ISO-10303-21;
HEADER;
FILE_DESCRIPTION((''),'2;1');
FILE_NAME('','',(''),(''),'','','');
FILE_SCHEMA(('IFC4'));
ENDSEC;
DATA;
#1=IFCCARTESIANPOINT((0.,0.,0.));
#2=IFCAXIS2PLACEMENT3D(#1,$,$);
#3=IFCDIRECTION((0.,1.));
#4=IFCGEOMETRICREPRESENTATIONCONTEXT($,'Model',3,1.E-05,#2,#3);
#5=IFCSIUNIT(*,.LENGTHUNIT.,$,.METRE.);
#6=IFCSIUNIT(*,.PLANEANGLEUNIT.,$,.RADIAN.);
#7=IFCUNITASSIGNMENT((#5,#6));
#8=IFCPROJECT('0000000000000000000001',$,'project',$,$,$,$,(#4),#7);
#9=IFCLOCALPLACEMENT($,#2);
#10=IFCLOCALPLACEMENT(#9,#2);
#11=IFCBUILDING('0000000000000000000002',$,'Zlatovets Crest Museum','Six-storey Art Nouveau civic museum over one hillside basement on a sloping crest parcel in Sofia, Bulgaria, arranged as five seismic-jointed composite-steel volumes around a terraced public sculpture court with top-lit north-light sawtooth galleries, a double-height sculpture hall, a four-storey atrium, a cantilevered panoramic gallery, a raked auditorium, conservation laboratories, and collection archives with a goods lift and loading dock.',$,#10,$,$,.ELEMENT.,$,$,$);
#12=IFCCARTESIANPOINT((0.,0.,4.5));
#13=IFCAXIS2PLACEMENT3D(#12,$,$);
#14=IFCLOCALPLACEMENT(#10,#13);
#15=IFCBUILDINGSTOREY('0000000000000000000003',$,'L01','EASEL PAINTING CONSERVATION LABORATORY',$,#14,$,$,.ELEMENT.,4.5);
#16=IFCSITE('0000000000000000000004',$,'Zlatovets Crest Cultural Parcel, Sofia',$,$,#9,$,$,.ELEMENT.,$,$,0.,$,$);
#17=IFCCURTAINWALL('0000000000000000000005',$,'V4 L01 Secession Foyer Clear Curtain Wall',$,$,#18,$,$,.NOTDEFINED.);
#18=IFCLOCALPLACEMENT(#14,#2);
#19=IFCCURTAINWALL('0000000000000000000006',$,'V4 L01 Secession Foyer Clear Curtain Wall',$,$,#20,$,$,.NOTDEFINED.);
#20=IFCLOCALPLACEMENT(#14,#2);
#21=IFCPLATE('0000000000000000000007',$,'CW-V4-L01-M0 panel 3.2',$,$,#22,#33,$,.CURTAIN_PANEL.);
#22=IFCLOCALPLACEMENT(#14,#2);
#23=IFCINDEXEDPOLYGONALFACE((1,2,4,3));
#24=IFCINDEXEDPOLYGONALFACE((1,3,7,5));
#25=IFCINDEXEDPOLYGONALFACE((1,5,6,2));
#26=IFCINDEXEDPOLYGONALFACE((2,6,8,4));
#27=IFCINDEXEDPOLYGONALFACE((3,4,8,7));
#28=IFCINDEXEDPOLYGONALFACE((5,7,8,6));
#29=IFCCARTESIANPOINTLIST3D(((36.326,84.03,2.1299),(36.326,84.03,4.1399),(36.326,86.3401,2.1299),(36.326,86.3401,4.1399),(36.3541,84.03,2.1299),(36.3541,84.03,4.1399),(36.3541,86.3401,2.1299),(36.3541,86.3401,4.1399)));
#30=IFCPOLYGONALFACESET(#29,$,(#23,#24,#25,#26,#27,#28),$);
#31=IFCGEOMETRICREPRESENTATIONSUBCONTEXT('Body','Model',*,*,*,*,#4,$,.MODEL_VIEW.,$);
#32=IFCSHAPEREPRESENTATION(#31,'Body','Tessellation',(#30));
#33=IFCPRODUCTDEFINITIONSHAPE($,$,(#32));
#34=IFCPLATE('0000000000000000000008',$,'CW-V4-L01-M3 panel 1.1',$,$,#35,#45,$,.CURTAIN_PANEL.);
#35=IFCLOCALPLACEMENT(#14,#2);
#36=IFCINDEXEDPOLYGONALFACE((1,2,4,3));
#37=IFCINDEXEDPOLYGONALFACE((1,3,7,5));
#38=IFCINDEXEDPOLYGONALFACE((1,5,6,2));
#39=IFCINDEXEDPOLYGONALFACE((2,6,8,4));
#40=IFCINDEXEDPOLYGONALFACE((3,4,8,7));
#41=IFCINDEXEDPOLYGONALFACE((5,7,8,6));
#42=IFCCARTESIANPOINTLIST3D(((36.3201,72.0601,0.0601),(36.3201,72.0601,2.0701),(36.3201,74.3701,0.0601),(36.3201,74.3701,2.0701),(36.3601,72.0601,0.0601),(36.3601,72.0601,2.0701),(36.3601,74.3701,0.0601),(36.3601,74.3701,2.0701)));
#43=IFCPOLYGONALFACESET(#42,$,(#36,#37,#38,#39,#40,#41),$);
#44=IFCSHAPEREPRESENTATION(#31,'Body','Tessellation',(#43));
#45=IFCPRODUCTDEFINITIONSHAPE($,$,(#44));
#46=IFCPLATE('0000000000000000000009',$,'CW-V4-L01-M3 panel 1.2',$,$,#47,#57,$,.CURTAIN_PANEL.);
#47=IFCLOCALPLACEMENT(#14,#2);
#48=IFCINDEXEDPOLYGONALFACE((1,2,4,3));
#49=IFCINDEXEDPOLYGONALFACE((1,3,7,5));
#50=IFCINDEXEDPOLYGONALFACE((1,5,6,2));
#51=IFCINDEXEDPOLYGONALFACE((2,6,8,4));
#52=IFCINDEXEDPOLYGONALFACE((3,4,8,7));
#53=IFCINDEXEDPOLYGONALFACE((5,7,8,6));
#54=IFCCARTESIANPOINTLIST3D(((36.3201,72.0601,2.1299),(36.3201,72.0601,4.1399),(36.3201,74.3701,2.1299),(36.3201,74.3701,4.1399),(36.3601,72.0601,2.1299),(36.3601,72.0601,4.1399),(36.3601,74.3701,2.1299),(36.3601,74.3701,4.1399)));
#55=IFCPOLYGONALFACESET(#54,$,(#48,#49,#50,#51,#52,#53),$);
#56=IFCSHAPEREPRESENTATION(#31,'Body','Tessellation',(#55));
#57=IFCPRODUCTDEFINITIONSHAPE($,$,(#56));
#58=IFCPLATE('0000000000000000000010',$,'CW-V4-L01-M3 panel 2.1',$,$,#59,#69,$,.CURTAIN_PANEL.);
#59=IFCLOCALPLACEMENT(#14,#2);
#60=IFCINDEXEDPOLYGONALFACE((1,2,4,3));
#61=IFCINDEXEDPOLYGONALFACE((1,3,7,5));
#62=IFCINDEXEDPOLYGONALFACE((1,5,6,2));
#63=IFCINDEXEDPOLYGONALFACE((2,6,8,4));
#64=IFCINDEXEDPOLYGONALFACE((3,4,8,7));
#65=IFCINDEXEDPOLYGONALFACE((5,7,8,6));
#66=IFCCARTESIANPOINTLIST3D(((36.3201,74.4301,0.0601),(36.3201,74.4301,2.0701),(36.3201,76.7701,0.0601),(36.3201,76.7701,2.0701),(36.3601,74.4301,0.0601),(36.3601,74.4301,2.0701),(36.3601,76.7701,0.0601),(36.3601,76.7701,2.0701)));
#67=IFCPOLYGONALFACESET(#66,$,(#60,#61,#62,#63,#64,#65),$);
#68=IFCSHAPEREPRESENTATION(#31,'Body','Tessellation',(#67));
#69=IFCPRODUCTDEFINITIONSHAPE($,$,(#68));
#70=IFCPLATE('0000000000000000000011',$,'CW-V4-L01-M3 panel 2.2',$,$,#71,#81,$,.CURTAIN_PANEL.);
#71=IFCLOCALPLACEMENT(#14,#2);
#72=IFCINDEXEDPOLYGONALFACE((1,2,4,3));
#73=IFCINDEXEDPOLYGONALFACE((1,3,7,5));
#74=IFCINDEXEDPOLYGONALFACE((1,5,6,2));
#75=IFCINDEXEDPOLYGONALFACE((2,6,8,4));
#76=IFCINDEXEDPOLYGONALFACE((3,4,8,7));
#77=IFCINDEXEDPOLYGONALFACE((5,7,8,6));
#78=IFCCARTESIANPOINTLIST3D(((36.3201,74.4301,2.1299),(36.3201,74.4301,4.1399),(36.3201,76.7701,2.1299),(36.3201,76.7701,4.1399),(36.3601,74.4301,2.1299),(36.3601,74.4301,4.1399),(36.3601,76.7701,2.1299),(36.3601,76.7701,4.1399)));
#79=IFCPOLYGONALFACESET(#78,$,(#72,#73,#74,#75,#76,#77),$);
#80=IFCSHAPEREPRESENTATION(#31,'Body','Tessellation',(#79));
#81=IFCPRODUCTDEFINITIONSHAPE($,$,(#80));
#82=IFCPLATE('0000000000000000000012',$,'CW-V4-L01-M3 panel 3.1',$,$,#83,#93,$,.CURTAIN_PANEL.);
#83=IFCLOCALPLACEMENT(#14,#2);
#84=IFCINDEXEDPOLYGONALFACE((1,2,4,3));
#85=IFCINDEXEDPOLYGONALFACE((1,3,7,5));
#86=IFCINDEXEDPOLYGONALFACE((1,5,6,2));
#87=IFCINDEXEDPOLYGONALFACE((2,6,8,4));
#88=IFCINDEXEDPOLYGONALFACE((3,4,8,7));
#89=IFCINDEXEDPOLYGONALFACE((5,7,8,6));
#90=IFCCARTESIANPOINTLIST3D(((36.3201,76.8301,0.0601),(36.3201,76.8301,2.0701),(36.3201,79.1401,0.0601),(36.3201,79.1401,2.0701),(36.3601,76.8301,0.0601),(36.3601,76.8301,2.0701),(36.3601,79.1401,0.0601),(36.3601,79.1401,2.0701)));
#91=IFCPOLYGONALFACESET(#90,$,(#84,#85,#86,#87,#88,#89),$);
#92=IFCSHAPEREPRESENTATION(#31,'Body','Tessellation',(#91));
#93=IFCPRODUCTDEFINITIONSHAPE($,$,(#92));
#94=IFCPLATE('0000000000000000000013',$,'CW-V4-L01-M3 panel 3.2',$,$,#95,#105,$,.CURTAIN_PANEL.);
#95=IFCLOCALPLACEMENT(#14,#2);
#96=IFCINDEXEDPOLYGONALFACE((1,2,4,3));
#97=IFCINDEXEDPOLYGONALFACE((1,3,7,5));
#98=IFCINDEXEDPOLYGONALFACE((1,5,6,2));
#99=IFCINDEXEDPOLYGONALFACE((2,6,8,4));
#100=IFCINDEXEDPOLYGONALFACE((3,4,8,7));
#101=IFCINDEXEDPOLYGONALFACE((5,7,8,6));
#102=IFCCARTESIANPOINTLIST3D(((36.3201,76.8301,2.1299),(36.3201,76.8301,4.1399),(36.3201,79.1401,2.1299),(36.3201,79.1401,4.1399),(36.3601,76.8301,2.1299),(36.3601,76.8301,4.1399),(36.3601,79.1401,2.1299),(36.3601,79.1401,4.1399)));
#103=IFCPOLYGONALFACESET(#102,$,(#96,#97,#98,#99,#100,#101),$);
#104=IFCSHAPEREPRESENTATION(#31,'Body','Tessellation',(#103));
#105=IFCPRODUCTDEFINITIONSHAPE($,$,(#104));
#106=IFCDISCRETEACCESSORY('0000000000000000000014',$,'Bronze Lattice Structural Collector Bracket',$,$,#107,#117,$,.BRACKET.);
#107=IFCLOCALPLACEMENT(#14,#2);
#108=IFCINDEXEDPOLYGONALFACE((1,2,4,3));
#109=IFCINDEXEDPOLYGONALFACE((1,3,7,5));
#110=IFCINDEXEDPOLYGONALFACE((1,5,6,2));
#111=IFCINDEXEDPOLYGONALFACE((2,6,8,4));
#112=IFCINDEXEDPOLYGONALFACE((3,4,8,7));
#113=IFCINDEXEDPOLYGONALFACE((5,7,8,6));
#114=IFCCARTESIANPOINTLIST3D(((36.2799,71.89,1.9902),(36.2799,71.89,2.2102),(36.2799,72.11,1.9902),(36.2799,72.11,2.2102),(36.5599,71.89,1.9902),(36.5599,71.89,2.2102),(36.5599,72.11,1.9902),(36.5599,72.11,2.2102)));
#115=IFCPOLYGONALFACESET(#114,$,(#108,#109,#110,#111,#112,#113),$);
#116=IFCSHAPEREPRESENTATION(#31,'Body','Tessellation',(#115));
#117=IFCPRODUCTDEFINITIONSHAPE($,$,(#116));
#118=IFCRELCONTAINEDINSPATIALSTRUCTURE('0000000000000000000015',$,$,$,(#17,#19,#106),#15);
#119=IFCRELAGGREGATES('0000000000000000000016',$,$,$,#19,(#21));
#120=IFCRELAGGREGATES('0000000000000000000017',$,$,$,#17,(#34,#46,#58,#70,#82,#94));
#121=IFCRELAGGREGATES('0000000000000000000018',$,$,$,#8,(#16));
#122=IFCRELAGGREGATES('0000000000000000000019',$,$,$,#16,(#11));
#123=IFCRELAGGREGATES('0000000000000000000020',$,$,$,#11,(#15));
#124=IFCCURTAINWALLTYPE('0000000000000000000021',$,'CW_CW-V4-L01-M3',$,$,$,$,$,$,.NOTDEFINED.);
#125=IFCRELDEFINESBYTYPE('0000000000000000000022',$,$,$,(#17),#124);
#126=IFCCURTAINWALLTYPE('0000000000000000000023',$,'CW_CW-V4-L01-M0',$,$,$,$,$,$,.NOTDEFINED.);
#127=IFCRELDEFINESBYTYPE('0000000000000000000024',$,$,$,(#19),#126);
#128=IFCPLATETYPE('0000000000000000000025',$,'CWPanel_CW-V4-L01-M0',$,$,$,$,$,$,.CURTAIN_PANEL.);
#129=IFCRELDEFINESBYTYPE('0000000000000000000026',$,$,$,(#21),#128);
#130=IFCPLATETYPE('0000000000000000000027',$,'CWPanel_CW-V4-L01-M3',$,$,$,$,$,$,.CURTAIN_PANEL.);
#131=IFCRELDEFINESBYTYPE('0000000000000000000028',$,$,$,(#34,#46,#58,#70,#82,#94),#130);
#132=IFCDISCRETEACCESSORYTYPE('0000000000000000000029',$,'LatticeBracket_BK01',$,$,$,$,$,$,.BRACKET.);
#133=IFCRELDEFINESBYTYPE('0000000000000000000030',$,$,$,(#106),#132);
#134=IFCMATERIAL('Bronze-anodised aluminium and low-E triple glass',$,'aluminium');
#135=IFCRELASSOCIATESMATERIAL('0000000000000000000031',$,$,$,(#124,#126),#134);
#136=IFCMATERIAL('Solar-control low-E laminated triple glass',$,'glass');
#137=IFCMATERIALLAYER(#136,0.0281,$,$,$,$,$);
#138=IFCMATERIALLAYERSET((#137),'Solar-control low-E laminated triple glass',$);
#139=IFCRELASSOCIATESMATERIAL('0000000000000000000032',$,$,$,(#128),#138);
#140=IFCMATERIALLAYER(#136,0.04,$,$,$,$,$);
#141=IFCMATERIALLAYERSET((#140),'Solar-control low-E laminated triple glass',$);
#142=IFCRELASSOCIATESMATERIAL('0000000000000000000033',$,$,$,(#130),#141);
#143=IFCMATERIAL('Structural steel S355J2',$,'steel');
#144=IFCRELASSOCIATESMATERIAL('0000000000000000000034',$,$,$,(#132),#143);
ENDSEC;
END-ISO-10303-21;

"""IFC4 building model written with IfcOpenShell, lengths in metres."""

from ifc_helpers import new_model, si_unit, direction, frame, origin, origin_2d, place, context, subcontext, project, spatial, rectangle, extrude, material, layer, layer_set, type_object, element, aggregate, save


model = new_model("IFC4")

# Units and contexts
model_context = context("Model", 3, precision=1e-05, world=origin(), true_north=direction((0.0, 1.0)))
body_context = subcontext(model_context, "Body", "Model", "MODEL_VIEW")
ifc_project = project(units=[si_unit("LENGTHUNIT", "METRE"), si_unit("PLANEANGLEUNIT", "RADIAN")], contexts=[model_context])

# Site, building, storey
site_placement = place(None, origin())
site = spatial("IfcSite", under=ifc_project, at=site_placement, Name="Zlatovets Crest Cultural Parcel, Sofia", CompositionType="ELEMENT", RefElevation=0.0)
building_placement = place(site_placement, origin())
building = spatial("IfcBuilding", under=site, at=building_placement, Name="Zlatovets Crest Museum", Description="Six-storey Art Nouveau civic museum over one hillside basement on a sloping crest parcel in Sofia, Bulgaria, arranged as five seismic-jointed composite-steel volumes around a terraced public sculpture court with top-lit north-light sawtooth galleries, a double-height sculpture hall, a four-storey atrium, a cantilevered panoramic gallery, a raked auditorium, conservation laboratories, and collection archives with a goods lift and loading dock.", CompositionType="ELEMENT")
storey_placement = place(building_placement, frame((0.0, 0.0, 4.5)))
storey = spatial("IfcBuildingStorey", under=building, at=storey_placement, Name="L01", Description="EASEL PAINTING CONSERVATION LABORATORY", CompositionType="ELEMENT", Elevation=4.5)

# Curtain walls
ifc_material_1 = material(Name="Bronze-anodised aluminium and low-E triple glass", Category="aluminium")
curtain_wall_type_1 = type_object("IfcCurtainWallType", Name="CW_CW-V4-L01-M3", PredefinedType="NOTDEFINED", material=ifc_material_1)
curtain_wall_1_placement = place(storey_placement, origin())
curtain_wall_1 = element("IfcCurtainWall", 1, at=curtain_wall_1_placement, inside=storey, type_object=curtain_wall_type_1, Name="V4 L01 Secession Foyer Clear Curtain Wall", PredefinedType="NOTDEFINED")
curtain_wall_type_2 = type_object("IfcCurtainWallType", Name="CW_CW-V4-L01-M0", PredefinedType="NOTDEFINED", material=ifc_material_1)
curtain_wall_2_placement = place(storey_placement, origin())
curtain_wall_2 = element("IfcCurtainWall", 2, at=curtain_wall_2_placement, inside=storey, type_object=curtain_wall_type_2, Name="V4 L01 Secession Foyer Clear Curtain Wall", PredefinedType="NOTDEFINED")

# Plates
ifc_material_2 = material(Name="Solar-control low-E laminated triple glass", Category="glass")
ifc_layer_1 = layer(ifc_material_2, 0.0281)
ifc_layer_set_1 = layer_set([ifc_layer_1], Name="Solar-control low-E laminated triple glass")
plate_type_1 = type_object("IfcPlateType", Name="CWPanel_CW-V4-L01-M0", PredefinedType="CURTAIN_PANEL", material=ifc_layer_set_1)
plate_1_placement = place(storey_placement, frame((36.3401, 85.1851, 2.1299), z_axis=(0.0, 0.0, 1.0), x_axis=(0.0, 1.0, 0.0)))
plate_1 = element("IfcPlate", 3, at=plate_1_placement, type_object=plate_type_1, Name="CW-V4-L01-M0 panel 3.2", PredefinedType="CURTAIN_PANEL", context=body_context, shape_type="SweptSolid", body=[
    extrude(rectangle(XDim=2.3101, YDim=0.0281, at=origin_2d()), origin(), (0.0, 0.0, 1.0), 2.01),
])
aggregate(curtain_wall_2, [plate_1])
ifc_layer_2 = layer(ifc_material_2, 0.04)
ifc_layer_set_2 = layer_set([ifc_layer_2], Name="Solar-control low-E laminated triple glass")
plate_type_2 = type_object("IfcPlateType", Name="CWPanel_CW-V4-L01-M3", PredefinedType="CURTAIN_PANEL", material=ifc_layer_set_2)
plate_2_placement = place(storey_placement, frame((36.3401, 73.2151, 0.0601), z_axis=(0.0, 0.0, 1.0), x_axis=(0.0, 1.0, 0.0)))
plate_2 = element("IfcPlate", 4, at=plate_2_placement, type_object=plate_type_2, Name="CW-V4-L01-M3 panel 1.1", PredefinedType="CURTAIN_PANEL", context=body_context, shape_type="SweptSolid", body=[
    extrude(rectangle(XDim=2.3101, YDim=0.04, at=origin_2d()), origin(), (0.0, 0.0, 1.0), 2.01),
])
plate_3_placement = place(storey_placement, frame((36.3401, 73.2151, 2.1299), z_axis=(0.0, 0.0, 1.0), x_axis=(0.0, 1.0, 0.0)))
plate_3 = element("IfcPlate", 5, at=plate_3_placement, type_object=plate_type_2, Name="CW-V4-L01-M3 panel 1.2", PredefinedType="CURTAIN_PANEL", context=body_context, shape_type="SweptSolid", body=[
    extrude(rectangle(XDim=2.3101, YDim=0.04, at=origin_2d()), origin(), (0.0, 0.0, 1.0), 2.01),
])
plate_4_placement = place(storey_placement, frame((36.3401, 75.6001, 0.0601), z_axis=(0.0, 0.0, 1.0), x_axis=(0.0, 1.0, 0.0)))
plate_4 = element("IfcPlate", 6, at=plate_4_placement, type_object=plate_type_2, Name="CW-V4-L01-M3 panel 2.1", PredefinedType="CURTAIN_PANEL", context=body_context, shape_type="SweptSolid", body=[
    extrude(rectangle(XDim=2.3401, YDim=0.04, at=origin_2d()), origin(), (0.0, 0.0, 1.0), 2.01),
])
plate_5_placement = place(storey_placement, frame((36.3401, 75.6001, 2.1299), z_axis=(0.0, 0.0, 1.0), x_axis=(0.0, 1.0, 0.0)))
plate_5 = element("IfcPlate", 7, at=plate_5_placement, type_object=plate_type_2, Name="CW-V4-L01-M3 panel 2.2", PredefinedType="CURTAIN_PANEL", context=body_context, shape_type="SweptSolid", body=[
    extrude(rectangle(XDim=2.3401, YDim=0.04, at=origin_2d()), origin(), (0.0, 0.0, 1.0), 2.01),
])
plate_6_placement = place(storey_placement, frame((36.3401, 77.9851, 0.0601), z_axis=(0.0, 0.0, 1.0), x_axis=(0.0, 1.0, 0.0)))
plate_6 = element("IfcPlate", 8, at=plate_6_placement, type_object=plate_type_2, Name="CW-V4-L01-M3 panel 3.1", PredefinedType="CURTAIN_PANEL", context=body_context, shape_type="SweptSolid", body=[
    extrude(rectangle(XDim=2.3101, YDim=0.04, at=origin_2d()), origin(), (0.0, 0.0, 1.0), 2.01),
])
plate_7_placement = place(storey_placement, frame((36.3401, 77.9851, 2.1299), z_axis=(0.0, 0.0, 1.0), x_axis=(0.0, 1.0, 0.0)))
plate_7 = element("IfcPlate", 9, at=plate_7_placement, type_object=plate_type_2, Name="CW-V4-L01-M3 panel 3.2", PredefinedType="CURTAIN_PANEL", context=body_context, shape_type="SweptSolid", body=[
    extrude(rectangle(XDim=2.3101, YDim=0.04, at=origin_2d()), origin(), (0.0, 0.0, 1.0), 2.01),
])
aggregate(curtain_wall_1, [plate_2, plate_3, plate_4, plate_5, plate_6, plate_7])

# Discrete accessory
ifc_material_3 = material(Name="Structural steel S355J2", Category="steel")
discrete_accessory_type = type_object("IfcDiscreteAccessoryType", Name="LatticeBracket_BK01", PredefinedType="BRACKET", material=ifc_material_3)
discrete_accessory_placement = place(storey_placement, frame((36.4199, 72.0, 1.9902), z_axis=(0.0, 0.0, 1.0), x_axis=(1.0, 0.0, 0.0)))
element("IfcDiscreteAccessory", 10, at=discrete_accessory_placement, inside=storey, type_object=discrete_accessory_type, Name="Bronze Lattice Structural Collector Bracket", PredefinedType="BRACKET", context=body_context, shape_type="SweptSolid", body=[
    extrude(rectangle(XDim=0.28, YDim=0.22, at=origin_2d()), origin(), (0.0, 0.0, 1.0), 0.22),
])

save(model, "model.ifc")
